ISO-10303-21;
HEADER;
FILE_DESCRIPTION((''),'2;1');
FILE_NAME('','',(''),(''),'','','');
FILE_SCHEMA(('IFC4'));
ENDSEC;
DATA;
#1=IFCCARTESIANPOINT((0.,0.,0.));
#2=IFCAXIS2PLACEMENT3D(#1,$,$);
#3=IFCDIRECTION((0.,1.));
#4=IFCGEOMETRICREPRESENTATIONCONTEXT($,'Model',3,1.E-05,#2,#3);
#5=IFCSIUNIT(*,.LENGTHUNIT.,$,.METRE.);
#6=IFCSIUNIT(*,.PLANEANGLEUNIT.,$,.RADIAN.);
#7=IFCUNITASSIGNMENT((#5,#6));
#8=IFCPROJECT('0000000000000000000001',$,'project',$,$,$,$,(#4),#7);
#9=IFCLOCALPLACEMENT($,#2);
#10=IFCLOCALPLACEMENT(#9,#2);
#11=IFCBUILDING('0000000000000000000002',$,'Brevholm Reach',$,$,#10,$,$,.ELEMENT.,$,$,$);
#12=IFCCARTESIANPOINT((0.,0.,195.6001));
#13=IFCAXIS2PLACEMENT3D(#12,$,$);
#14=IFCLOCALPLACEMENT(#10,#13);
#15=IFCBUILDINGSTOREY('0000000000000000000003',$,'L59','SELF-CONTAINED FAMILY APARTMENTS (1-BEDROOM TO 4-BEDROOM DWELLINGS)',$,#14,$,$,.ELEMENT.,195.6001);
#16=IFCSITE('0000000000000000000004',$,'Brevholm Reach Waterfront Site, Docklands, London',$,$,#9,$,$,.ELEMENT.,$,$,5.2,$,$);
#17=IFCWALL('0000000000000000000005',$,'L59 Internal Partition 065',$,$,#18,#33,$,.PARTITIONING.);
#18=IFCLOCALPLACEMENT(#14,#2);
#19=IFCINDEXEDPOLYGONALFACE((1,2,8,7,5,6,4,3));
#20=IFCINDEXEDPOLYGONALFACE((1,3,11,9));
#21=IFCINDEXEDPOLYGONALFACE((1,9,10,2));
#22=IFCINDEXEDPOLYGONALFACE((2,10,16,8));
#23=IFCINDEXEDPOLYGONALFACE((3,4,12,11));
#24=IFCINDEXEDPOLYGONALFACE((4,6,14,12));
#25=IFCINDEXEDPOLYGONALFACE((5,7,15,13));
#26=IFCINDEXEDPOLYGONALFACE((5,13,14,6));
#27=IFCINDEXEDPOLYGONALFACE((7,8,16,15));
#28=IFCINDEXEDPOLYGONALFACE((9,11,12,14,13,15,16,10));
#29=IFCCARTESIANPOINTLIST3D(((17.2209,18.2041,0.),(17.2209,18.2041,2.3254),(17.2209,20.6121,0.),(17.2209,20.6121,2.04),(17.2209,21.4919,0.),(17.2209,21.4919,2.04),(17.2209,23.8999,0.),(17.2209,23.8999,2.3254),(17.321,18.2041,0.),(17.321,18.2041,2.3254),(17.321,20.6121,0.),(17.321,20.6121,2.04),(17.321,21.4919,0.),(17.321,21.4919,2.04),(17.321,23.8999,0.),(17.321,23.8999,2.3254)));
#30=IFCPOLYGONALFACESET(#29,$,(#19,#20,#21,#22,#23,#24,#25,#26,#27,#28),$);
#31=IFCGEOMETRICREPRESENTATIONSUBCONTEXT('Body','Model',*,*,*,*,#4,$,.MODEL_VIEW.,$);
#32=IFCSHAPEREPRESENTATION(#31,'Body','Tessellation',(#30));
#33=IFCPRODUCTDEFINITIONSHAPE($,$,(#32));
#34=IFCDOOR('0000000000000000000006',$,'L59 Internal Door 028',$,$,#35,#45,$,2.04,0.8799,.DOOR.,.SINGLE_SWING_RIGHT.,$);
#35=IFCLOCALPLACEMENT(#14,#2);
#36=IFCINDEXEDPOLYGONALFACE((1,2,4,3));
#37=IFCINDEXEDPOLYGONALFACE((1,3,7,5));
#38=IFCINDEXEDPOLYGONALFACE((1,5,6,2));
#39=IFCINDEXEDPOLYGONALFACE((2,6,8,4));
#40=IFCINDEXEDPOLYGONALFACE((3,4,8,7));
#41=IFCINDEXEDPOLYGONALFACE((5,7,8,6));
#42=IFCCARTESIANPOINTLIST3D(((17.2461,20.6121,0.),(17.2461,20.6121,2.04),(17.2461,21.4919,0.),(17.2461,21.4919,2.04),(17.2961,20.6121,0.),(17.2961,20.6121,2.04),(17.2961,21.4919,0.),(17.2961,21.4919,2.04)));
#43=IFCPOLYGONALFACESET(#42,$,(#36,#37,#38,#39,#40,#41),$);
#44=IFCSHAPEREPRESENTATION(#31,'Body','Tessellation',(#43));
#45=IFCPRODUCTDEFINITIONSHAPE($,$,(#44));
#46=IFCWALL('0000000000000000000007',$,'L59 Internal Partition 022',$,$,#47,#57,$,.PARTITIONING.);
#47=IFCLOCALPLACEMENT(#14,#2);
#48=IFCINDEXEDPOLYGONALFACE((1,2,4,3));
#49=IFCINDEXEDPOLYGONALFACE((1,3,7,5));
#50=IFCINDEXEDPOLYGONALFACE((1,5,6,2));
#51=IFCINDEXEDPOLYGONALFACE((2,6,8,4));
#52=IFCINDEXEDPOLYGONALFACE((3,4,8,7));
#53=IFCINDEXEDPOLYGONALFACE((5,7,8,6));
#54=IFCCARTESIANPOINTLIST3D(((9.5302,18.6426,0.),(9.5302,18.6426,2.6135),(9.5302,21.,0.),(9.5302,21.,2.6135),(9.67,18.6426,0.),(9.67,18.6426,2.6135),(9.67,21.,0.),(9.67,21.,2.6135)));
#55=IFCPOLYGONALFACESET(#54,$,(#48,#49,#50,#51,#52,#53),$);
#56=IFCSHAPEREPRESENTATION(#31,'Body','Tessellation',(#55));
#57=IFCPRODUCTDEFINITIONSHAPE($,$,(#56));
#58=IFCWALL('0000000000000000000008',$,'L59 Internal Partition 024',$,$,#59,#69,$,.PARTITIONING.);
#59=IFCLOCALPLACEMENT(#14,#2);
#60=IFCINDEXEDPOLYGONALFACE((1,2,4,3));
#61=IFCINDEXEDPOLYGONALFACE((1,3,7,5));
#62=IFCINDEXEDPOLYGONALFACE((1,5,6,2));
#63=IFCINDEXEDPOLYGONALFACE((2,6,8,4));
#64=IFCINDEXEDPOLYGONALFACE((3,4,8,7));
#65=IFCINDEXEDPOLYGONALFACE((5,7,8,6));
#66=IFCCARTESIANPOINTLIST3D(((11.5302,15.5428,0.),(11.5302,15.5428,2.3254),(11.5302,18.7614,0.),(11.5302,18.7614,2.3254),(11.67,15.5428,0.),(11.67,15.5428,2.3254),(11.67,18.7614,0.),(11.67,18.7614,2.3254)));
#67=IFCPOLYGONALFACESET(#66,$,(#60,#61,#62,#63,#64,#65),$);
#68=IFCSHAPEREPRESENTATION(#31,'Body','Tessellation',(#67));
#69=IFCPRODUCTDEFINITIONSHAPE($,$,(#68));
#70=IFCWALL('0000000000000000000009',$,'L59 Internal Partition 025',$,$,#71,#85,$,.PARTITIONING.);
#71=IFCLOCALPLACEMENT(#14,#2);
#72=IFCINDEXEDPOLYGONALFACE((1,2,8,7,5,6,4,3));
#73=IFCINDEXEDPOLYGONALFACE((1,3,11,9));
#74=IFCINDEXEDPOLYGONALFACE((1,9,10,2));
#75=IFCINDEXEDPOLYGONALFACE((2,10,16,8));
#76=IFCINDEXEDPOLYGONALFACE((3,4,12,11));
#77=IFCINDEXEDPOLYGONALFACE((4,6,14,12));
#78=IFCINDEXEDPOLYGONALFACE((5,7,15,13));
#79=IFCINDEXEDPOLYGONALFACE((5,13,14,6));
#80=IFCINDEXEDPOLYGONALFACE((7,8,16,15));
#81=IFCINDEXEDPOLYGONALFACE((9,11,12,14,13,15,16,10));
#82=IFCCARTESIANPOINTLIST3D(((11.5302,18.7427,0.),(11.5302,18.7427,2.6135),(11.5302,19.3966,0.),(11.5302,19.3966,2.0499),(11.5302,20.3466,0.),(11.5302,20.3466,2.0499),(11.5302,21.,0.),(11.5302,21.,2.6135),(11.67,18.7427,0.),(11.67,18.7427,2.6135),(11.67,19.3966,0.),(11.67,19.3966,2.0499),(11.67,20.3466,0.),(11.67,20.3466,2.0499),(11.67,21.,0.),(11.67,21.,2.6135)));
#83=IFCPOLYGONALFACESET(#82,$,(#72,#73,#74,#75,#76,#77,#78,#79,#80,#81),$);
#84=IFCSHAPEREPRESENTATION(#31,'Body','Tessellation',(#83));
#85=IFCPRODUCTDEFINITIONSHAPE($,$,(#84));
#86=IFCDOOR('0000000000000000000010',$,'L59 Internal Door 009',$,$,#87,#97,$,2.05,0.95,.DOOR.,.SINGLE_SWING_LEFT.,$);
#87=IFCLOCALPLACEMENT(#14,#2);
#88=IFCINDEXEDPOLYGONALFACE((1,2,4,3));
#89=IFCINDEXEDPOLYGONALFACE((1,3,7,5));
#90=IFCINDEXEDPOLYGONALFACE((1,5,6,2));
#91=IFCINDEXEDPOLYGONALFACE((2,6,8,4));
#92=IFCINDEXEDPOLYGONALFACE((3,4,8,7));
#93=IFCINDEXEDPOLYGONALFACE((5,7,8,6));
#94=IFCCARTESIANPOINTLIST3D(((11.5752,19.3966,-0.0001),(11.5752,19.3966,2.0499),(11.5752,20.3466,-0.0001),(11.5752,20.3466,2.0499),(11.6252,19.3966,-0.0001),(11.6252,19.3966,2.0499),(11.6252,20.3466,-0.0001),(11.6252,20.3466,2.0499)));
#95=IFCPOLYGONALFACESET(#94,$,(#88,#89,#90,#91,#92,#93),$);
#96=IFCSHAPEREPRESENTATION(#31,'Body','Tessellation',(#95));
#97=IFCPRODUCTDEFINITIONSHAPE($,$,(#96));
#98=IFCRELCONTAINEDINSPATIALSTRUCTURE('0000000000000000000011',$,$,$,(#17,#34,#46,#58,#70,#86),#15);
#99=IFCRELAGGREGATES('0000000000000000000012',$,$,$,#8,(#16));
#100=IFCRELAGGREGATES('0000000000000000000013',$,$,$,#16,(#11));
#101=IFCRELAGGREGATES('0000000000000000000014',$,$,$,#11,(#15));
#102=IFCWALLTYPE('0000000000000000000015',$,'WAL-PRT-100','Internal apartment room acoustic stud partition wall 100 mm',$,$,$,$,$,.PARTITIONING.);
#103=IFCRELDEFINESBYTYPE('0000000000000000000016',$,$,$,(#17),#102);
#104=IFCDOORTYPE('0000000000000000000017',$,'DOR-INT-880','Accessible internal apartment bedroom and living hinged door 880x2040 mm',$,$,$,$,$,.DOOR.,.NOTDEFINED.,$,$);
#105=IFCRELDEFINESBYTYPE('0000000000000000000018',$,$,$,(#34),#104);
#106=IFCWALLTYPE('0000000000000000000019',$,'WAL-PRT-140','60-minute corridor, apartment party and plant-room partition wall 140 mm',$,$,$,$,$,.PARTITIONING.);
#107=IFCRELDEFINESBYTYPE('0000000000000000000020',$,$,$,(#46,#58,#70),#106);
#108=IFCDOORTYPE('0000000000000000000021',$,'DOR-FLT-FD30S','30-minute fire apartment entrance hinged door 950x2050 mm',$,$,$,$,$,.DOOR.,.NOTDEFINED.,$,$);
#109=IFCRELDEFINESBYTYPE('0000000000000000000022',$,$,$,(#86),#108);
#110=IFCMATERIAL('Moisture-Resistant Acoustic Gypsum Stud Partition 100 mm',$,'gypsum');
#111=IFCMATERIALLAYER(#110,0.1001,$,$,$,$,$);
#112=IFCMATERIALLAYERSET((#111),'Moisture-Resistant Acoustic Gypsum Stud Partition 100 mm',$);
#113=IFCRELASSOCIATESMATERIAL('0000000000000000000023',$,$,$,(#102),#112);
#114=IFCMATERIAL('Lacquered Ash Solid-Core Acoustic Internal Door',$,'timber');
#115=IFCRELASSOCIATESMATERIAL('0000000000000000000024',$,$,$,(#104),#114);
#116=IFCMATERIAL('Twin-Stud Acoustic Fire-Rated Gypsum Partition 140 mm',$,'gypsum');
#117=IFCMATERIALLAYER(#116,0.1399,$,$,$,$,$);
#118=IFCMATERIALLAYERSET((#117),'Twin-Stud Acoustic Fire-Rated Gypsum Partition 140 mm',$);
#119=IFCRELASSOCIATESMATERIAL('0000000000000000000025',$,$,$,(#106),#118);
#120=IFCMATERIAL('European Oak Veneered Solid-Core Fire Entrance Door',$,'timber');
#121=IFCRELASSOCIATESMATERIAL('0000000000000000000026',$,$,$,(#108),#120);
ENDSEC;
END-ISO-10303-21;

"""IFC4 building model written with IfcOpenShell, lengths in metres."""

from ifc_helpers import new_model, si_unit, direction, frame, frame_2d, origin, place, context, subcontext, project, spatial, rectangle, extrude, material, layer, layer_set, type_object, element, fill, save


model = new_model("IFC4")

# Units and contexts
model_context = context("Model", 3, precision=1e-05, world=origin(), true_north=direction((0.0, 1.0)))
body_context = subcontext(model_context, "Body", "Model", "MODEL_VIEW")
ifc_project = project(units=[si_unit("LENGTHUNIT", "METRE"), si_unit("PLANEANGLEUNIT", "RADIAN")], contexts=[model_context])

# Site, building, storey
site_placement = place(None, origin())
site = spatial("IfcSite", under=ifc_project, at=site_placement, Name="Brevholm Reach Waterfront Site, Docklands, London", CompositionType="ELEMENT", RefElevation=5.2)
building_placement = place(site_placement, origin())
building = spatial("IfcBuilding", under=site, at=building_placement, Name="Brevholm Reach", CompositionType="ELEMENT")
storey_placement = place(building_placement, frame((0.0, 0.0, 195.6001)))
storey = spatial("IfcBuildingStorey", under=building, at=storey_placement, Name="L59", Description="SELF-CONTAINED FAMILY APARTMENTS (1-BEDROOM TO 4-BEDROOM DWELLINGS)", CompositionType="ELEMENT", Elevation=195.6001)

# Shared definitions
ifc_material_1 = material(Name="Moisture-Resistant Acoustic Gypsum Stud Partition 100 mm", Category="gypsum")
ifc_layer_1 = layer(ifc_material_1, 0.1001)
ifc_layer_set_1 = layer_set([ifc_layer_1], Name="Moisture-Resistant Acoustic Gypsum Stud Partition 100 mm")
wall_type_1 = type_object("IfcWallType", Name="WAL-PRT-100", Description="Internal apartment room acoustic stud partition wall 100 mm", PredefinedType="PARTITIONING", material=ifc_layer_set_1)

# Shared definitions
ifc_material_2 = material(Name="Lacquered Ash Solid-Core Acoustic Internal Door", Category="timber")
door_type_1 = type_object("IfcDoorType", Name="DOR-INT-880", Description="Accessible internal apartment bedroom and living hinged door 880x2040 mm", OperationType="NOTDEFINED", PredefinedType="DOOR", material=ifc_material_2)

# Wall, opening, door
wall_1_placement = place(storey_placement, frame((17.271, 18.2041, 0.0), z_axis=(0.0, 0.0, 1.0), x_axis=(0.0, 1.0, 0.0)))
wall_1 = element("IfcWall", 1, at=wall_1_placement, inside=storey, type_object=wall_type_1, Name="L59 Internal Partition 065", PredefinedType="PARTITIONING", context=body_context, shape_type="SweptSolid", body=[
    extrude(rectangle(XDim=5.6958, YDim=0.1001, at=frame_2d((2.8479, 0.0))), origin(), (0.0, 0.0, 1.0), 2.3254),
])
opening_1_placement = place(wall_1_placement, frame((2.408, 0.0, 0.0)))
opening_1 = element("IfcOpeningElement", 2, at=opening_1_placement, cuts=wall_1, PredefinedType="OPENING", context=body_context, shape_type="SweptSolid", body=[
    extrude(rectangle(XDim=0.8799, YDim=2.04, at=frame_2d((0.4399, 1.02))), frame((0.0, 0.0601, 0.0), z_axis=(0.0, -1.0, 0.0), x_axis=(1.0, 0.0, 0.0)), (0.0, 0.0, 1.0), 0.1201),
])
door_1_placement = place(opening_1_placement, origin())
door_1 = element("IfcDoor", 3, at=door_1_placement, inside=storey, type_object=door_type_1, Name="L59 Internal Door 028", OperationType="SINGLE_SWING_RIGHT", OverallHeight=2.04, OverallWidth=0.8799, PredefinedType="DOOR", context=body_context, shape_type="SweptSolid", body=[
    extrude(rectangle(XDim=0.8799, YDim=2.04, at=frame_2d((0.4399, 1.02))), frame((0.0, 0.0249, 0.0), z_axis=(0.0, -1.0, 0.0), x_axis=(1.0, 0.0, 0.0)), (0.0, 0.0, 1.0), 0.05),
])
fill(opening_1, door_1)

# Walls
ifc_material_3 = material(Name="Twin-Stud Acoustic Fire-Rated Gypsum Partition 140 mm", Category="gypsum")
ifc_layer_2 = layer(ifc_material_3, 0.1399)
ifc_layer_set_2 = layer_set([ifc_layer_2], Name="Twin-Stud Acoustic Fire-Rated Gypsum Partition 140 mm")
wall_type_2 = type_object("IfcWallType", Name="WAL-PRT-140", Description="60-minute corridor, apartment party and plant-room partition wall 140 mm", PredefinedType="PARTITIONING", material=ifc_layer_set_2)
wall_2_placement = place(storey_placement, frame((9.6001, 18.6426, 0.0), z_axis=(0.0, 0.0, 1.0), x_axis=(0.0, 1.0, 0.0)))
element("IfcWall", 4, at=wall_2_placement, inside=storey, type_object=wall_type_2, Name="L59 Internal Partition 022", PredefinedType="PARTITIONING", context=body_context, shape_type="SweptSolid", body=[
    extrude(rectangle(XDim=2.3574, YDim=0.1399, at=frame_2d((1.1787, 0.0))), origin(), (0.0, 0.0, 1.0), 2.6135),
])
wall_3_placement = place(storey_placement, frame((11.6001, 15.5427, 0.0), z_axis=(0.0, 0.0, 1.0), x_axis=(0.0, 1.0, 0.0)))
element("IfcWall", 5, at=wall_3_placement, inside=storey, type_object=wall_type_2, Name="L59 Internal Partition 024", PredefinedType="PARTITIONING", context=body_context, shape_type="SweptSolid", body=[
    extrude(rectangle(XDim=3.2185, YDim=0.1399, at=frame_2d((1.6094, 0.0))), origin(), (0.0, 0.0, 1.0), 2.3254),
])

# Wall, opening, door
wall_4_placement = place(storey_placement, frame((11.6001, 18.7427, 0.0), z_axis=(0.0, 0.0, 1.0), x_axis=(0.0, 1.0, 0.0)))
wall_4 = element("IfcWall", 6, at=wall_4_placement, inside=storey, type_object=wall_type_2, Name="L59 Internal Partition 025", PredefinedType="PARTITIONING", context=body_context, shape_type="SweptSolid", body=[
    extrude(rectangle(XDim=2.2573, YDim=0.1399, at=frame_2d((1.1287, 0.0))), origin(), (0.0, 0.0, 1.0), 2.6135),
])
opening_2_placement = place(wall_4_placement, frame((0.6538, 0.0, 0.0)))
opening_2 = element("IfcOpeningElement", 7, at=opening_2_placement, cuts=wall_4, PredefinedType="OPENING", context=body_context, shape_type="SweptSolid", body=[
    extrude(rectangle(XDim=0.95, YDim=2.05, at=frame_2d((0.4751, 1.0249))), frame((0.0, 0.0798, 0.0), z_axis=(0.0, -1.0, 0.0), x_axis=(1.0, 0.0, 0.0)), (0.0, 0.0, 1.0), 0.1599),
])
ifc_material_4 = material(Name="European Oak Veneered Solid-Core Fire Entrance Door", Category="timber")
door_type_2 = type_object("IfcDoorType", Name="DOR-FLT-FD30S", Description="30-minute fire apartment entrance hinged door 950x2050 mm", OperationType="NOTDEFINED", PredefinedType="DOOR", material=ifc_material_4)
door_2_placement = place(opening_2_placement, origin())
door_2 = element("IfcDoor", 8, at=door_2_placement, inside=storey, type_object=door_type_2, Name="L59 Internal Door 009", OperationType="SINGLE_SWING_LEFT", OverallHeight=2.05, OverallWidth=0.95, PredefinedType="DOOR", context=body_context, shape_type="SweptSolid", body=[
    extrude(rectangle(XDim=0.95, YDim=2.05, at=frame_2d((0.4751, 1.0249))), frame((0.0, 0.0249, 0.0), z_axis=(0.0, -1.0, 0.0), x_axis=(1.0, 0.0, 0.0)), (0.0, 0.0, 1.0), 0.05),
])
fill(opening_2, door_2)

save(model, "model.ifc")
